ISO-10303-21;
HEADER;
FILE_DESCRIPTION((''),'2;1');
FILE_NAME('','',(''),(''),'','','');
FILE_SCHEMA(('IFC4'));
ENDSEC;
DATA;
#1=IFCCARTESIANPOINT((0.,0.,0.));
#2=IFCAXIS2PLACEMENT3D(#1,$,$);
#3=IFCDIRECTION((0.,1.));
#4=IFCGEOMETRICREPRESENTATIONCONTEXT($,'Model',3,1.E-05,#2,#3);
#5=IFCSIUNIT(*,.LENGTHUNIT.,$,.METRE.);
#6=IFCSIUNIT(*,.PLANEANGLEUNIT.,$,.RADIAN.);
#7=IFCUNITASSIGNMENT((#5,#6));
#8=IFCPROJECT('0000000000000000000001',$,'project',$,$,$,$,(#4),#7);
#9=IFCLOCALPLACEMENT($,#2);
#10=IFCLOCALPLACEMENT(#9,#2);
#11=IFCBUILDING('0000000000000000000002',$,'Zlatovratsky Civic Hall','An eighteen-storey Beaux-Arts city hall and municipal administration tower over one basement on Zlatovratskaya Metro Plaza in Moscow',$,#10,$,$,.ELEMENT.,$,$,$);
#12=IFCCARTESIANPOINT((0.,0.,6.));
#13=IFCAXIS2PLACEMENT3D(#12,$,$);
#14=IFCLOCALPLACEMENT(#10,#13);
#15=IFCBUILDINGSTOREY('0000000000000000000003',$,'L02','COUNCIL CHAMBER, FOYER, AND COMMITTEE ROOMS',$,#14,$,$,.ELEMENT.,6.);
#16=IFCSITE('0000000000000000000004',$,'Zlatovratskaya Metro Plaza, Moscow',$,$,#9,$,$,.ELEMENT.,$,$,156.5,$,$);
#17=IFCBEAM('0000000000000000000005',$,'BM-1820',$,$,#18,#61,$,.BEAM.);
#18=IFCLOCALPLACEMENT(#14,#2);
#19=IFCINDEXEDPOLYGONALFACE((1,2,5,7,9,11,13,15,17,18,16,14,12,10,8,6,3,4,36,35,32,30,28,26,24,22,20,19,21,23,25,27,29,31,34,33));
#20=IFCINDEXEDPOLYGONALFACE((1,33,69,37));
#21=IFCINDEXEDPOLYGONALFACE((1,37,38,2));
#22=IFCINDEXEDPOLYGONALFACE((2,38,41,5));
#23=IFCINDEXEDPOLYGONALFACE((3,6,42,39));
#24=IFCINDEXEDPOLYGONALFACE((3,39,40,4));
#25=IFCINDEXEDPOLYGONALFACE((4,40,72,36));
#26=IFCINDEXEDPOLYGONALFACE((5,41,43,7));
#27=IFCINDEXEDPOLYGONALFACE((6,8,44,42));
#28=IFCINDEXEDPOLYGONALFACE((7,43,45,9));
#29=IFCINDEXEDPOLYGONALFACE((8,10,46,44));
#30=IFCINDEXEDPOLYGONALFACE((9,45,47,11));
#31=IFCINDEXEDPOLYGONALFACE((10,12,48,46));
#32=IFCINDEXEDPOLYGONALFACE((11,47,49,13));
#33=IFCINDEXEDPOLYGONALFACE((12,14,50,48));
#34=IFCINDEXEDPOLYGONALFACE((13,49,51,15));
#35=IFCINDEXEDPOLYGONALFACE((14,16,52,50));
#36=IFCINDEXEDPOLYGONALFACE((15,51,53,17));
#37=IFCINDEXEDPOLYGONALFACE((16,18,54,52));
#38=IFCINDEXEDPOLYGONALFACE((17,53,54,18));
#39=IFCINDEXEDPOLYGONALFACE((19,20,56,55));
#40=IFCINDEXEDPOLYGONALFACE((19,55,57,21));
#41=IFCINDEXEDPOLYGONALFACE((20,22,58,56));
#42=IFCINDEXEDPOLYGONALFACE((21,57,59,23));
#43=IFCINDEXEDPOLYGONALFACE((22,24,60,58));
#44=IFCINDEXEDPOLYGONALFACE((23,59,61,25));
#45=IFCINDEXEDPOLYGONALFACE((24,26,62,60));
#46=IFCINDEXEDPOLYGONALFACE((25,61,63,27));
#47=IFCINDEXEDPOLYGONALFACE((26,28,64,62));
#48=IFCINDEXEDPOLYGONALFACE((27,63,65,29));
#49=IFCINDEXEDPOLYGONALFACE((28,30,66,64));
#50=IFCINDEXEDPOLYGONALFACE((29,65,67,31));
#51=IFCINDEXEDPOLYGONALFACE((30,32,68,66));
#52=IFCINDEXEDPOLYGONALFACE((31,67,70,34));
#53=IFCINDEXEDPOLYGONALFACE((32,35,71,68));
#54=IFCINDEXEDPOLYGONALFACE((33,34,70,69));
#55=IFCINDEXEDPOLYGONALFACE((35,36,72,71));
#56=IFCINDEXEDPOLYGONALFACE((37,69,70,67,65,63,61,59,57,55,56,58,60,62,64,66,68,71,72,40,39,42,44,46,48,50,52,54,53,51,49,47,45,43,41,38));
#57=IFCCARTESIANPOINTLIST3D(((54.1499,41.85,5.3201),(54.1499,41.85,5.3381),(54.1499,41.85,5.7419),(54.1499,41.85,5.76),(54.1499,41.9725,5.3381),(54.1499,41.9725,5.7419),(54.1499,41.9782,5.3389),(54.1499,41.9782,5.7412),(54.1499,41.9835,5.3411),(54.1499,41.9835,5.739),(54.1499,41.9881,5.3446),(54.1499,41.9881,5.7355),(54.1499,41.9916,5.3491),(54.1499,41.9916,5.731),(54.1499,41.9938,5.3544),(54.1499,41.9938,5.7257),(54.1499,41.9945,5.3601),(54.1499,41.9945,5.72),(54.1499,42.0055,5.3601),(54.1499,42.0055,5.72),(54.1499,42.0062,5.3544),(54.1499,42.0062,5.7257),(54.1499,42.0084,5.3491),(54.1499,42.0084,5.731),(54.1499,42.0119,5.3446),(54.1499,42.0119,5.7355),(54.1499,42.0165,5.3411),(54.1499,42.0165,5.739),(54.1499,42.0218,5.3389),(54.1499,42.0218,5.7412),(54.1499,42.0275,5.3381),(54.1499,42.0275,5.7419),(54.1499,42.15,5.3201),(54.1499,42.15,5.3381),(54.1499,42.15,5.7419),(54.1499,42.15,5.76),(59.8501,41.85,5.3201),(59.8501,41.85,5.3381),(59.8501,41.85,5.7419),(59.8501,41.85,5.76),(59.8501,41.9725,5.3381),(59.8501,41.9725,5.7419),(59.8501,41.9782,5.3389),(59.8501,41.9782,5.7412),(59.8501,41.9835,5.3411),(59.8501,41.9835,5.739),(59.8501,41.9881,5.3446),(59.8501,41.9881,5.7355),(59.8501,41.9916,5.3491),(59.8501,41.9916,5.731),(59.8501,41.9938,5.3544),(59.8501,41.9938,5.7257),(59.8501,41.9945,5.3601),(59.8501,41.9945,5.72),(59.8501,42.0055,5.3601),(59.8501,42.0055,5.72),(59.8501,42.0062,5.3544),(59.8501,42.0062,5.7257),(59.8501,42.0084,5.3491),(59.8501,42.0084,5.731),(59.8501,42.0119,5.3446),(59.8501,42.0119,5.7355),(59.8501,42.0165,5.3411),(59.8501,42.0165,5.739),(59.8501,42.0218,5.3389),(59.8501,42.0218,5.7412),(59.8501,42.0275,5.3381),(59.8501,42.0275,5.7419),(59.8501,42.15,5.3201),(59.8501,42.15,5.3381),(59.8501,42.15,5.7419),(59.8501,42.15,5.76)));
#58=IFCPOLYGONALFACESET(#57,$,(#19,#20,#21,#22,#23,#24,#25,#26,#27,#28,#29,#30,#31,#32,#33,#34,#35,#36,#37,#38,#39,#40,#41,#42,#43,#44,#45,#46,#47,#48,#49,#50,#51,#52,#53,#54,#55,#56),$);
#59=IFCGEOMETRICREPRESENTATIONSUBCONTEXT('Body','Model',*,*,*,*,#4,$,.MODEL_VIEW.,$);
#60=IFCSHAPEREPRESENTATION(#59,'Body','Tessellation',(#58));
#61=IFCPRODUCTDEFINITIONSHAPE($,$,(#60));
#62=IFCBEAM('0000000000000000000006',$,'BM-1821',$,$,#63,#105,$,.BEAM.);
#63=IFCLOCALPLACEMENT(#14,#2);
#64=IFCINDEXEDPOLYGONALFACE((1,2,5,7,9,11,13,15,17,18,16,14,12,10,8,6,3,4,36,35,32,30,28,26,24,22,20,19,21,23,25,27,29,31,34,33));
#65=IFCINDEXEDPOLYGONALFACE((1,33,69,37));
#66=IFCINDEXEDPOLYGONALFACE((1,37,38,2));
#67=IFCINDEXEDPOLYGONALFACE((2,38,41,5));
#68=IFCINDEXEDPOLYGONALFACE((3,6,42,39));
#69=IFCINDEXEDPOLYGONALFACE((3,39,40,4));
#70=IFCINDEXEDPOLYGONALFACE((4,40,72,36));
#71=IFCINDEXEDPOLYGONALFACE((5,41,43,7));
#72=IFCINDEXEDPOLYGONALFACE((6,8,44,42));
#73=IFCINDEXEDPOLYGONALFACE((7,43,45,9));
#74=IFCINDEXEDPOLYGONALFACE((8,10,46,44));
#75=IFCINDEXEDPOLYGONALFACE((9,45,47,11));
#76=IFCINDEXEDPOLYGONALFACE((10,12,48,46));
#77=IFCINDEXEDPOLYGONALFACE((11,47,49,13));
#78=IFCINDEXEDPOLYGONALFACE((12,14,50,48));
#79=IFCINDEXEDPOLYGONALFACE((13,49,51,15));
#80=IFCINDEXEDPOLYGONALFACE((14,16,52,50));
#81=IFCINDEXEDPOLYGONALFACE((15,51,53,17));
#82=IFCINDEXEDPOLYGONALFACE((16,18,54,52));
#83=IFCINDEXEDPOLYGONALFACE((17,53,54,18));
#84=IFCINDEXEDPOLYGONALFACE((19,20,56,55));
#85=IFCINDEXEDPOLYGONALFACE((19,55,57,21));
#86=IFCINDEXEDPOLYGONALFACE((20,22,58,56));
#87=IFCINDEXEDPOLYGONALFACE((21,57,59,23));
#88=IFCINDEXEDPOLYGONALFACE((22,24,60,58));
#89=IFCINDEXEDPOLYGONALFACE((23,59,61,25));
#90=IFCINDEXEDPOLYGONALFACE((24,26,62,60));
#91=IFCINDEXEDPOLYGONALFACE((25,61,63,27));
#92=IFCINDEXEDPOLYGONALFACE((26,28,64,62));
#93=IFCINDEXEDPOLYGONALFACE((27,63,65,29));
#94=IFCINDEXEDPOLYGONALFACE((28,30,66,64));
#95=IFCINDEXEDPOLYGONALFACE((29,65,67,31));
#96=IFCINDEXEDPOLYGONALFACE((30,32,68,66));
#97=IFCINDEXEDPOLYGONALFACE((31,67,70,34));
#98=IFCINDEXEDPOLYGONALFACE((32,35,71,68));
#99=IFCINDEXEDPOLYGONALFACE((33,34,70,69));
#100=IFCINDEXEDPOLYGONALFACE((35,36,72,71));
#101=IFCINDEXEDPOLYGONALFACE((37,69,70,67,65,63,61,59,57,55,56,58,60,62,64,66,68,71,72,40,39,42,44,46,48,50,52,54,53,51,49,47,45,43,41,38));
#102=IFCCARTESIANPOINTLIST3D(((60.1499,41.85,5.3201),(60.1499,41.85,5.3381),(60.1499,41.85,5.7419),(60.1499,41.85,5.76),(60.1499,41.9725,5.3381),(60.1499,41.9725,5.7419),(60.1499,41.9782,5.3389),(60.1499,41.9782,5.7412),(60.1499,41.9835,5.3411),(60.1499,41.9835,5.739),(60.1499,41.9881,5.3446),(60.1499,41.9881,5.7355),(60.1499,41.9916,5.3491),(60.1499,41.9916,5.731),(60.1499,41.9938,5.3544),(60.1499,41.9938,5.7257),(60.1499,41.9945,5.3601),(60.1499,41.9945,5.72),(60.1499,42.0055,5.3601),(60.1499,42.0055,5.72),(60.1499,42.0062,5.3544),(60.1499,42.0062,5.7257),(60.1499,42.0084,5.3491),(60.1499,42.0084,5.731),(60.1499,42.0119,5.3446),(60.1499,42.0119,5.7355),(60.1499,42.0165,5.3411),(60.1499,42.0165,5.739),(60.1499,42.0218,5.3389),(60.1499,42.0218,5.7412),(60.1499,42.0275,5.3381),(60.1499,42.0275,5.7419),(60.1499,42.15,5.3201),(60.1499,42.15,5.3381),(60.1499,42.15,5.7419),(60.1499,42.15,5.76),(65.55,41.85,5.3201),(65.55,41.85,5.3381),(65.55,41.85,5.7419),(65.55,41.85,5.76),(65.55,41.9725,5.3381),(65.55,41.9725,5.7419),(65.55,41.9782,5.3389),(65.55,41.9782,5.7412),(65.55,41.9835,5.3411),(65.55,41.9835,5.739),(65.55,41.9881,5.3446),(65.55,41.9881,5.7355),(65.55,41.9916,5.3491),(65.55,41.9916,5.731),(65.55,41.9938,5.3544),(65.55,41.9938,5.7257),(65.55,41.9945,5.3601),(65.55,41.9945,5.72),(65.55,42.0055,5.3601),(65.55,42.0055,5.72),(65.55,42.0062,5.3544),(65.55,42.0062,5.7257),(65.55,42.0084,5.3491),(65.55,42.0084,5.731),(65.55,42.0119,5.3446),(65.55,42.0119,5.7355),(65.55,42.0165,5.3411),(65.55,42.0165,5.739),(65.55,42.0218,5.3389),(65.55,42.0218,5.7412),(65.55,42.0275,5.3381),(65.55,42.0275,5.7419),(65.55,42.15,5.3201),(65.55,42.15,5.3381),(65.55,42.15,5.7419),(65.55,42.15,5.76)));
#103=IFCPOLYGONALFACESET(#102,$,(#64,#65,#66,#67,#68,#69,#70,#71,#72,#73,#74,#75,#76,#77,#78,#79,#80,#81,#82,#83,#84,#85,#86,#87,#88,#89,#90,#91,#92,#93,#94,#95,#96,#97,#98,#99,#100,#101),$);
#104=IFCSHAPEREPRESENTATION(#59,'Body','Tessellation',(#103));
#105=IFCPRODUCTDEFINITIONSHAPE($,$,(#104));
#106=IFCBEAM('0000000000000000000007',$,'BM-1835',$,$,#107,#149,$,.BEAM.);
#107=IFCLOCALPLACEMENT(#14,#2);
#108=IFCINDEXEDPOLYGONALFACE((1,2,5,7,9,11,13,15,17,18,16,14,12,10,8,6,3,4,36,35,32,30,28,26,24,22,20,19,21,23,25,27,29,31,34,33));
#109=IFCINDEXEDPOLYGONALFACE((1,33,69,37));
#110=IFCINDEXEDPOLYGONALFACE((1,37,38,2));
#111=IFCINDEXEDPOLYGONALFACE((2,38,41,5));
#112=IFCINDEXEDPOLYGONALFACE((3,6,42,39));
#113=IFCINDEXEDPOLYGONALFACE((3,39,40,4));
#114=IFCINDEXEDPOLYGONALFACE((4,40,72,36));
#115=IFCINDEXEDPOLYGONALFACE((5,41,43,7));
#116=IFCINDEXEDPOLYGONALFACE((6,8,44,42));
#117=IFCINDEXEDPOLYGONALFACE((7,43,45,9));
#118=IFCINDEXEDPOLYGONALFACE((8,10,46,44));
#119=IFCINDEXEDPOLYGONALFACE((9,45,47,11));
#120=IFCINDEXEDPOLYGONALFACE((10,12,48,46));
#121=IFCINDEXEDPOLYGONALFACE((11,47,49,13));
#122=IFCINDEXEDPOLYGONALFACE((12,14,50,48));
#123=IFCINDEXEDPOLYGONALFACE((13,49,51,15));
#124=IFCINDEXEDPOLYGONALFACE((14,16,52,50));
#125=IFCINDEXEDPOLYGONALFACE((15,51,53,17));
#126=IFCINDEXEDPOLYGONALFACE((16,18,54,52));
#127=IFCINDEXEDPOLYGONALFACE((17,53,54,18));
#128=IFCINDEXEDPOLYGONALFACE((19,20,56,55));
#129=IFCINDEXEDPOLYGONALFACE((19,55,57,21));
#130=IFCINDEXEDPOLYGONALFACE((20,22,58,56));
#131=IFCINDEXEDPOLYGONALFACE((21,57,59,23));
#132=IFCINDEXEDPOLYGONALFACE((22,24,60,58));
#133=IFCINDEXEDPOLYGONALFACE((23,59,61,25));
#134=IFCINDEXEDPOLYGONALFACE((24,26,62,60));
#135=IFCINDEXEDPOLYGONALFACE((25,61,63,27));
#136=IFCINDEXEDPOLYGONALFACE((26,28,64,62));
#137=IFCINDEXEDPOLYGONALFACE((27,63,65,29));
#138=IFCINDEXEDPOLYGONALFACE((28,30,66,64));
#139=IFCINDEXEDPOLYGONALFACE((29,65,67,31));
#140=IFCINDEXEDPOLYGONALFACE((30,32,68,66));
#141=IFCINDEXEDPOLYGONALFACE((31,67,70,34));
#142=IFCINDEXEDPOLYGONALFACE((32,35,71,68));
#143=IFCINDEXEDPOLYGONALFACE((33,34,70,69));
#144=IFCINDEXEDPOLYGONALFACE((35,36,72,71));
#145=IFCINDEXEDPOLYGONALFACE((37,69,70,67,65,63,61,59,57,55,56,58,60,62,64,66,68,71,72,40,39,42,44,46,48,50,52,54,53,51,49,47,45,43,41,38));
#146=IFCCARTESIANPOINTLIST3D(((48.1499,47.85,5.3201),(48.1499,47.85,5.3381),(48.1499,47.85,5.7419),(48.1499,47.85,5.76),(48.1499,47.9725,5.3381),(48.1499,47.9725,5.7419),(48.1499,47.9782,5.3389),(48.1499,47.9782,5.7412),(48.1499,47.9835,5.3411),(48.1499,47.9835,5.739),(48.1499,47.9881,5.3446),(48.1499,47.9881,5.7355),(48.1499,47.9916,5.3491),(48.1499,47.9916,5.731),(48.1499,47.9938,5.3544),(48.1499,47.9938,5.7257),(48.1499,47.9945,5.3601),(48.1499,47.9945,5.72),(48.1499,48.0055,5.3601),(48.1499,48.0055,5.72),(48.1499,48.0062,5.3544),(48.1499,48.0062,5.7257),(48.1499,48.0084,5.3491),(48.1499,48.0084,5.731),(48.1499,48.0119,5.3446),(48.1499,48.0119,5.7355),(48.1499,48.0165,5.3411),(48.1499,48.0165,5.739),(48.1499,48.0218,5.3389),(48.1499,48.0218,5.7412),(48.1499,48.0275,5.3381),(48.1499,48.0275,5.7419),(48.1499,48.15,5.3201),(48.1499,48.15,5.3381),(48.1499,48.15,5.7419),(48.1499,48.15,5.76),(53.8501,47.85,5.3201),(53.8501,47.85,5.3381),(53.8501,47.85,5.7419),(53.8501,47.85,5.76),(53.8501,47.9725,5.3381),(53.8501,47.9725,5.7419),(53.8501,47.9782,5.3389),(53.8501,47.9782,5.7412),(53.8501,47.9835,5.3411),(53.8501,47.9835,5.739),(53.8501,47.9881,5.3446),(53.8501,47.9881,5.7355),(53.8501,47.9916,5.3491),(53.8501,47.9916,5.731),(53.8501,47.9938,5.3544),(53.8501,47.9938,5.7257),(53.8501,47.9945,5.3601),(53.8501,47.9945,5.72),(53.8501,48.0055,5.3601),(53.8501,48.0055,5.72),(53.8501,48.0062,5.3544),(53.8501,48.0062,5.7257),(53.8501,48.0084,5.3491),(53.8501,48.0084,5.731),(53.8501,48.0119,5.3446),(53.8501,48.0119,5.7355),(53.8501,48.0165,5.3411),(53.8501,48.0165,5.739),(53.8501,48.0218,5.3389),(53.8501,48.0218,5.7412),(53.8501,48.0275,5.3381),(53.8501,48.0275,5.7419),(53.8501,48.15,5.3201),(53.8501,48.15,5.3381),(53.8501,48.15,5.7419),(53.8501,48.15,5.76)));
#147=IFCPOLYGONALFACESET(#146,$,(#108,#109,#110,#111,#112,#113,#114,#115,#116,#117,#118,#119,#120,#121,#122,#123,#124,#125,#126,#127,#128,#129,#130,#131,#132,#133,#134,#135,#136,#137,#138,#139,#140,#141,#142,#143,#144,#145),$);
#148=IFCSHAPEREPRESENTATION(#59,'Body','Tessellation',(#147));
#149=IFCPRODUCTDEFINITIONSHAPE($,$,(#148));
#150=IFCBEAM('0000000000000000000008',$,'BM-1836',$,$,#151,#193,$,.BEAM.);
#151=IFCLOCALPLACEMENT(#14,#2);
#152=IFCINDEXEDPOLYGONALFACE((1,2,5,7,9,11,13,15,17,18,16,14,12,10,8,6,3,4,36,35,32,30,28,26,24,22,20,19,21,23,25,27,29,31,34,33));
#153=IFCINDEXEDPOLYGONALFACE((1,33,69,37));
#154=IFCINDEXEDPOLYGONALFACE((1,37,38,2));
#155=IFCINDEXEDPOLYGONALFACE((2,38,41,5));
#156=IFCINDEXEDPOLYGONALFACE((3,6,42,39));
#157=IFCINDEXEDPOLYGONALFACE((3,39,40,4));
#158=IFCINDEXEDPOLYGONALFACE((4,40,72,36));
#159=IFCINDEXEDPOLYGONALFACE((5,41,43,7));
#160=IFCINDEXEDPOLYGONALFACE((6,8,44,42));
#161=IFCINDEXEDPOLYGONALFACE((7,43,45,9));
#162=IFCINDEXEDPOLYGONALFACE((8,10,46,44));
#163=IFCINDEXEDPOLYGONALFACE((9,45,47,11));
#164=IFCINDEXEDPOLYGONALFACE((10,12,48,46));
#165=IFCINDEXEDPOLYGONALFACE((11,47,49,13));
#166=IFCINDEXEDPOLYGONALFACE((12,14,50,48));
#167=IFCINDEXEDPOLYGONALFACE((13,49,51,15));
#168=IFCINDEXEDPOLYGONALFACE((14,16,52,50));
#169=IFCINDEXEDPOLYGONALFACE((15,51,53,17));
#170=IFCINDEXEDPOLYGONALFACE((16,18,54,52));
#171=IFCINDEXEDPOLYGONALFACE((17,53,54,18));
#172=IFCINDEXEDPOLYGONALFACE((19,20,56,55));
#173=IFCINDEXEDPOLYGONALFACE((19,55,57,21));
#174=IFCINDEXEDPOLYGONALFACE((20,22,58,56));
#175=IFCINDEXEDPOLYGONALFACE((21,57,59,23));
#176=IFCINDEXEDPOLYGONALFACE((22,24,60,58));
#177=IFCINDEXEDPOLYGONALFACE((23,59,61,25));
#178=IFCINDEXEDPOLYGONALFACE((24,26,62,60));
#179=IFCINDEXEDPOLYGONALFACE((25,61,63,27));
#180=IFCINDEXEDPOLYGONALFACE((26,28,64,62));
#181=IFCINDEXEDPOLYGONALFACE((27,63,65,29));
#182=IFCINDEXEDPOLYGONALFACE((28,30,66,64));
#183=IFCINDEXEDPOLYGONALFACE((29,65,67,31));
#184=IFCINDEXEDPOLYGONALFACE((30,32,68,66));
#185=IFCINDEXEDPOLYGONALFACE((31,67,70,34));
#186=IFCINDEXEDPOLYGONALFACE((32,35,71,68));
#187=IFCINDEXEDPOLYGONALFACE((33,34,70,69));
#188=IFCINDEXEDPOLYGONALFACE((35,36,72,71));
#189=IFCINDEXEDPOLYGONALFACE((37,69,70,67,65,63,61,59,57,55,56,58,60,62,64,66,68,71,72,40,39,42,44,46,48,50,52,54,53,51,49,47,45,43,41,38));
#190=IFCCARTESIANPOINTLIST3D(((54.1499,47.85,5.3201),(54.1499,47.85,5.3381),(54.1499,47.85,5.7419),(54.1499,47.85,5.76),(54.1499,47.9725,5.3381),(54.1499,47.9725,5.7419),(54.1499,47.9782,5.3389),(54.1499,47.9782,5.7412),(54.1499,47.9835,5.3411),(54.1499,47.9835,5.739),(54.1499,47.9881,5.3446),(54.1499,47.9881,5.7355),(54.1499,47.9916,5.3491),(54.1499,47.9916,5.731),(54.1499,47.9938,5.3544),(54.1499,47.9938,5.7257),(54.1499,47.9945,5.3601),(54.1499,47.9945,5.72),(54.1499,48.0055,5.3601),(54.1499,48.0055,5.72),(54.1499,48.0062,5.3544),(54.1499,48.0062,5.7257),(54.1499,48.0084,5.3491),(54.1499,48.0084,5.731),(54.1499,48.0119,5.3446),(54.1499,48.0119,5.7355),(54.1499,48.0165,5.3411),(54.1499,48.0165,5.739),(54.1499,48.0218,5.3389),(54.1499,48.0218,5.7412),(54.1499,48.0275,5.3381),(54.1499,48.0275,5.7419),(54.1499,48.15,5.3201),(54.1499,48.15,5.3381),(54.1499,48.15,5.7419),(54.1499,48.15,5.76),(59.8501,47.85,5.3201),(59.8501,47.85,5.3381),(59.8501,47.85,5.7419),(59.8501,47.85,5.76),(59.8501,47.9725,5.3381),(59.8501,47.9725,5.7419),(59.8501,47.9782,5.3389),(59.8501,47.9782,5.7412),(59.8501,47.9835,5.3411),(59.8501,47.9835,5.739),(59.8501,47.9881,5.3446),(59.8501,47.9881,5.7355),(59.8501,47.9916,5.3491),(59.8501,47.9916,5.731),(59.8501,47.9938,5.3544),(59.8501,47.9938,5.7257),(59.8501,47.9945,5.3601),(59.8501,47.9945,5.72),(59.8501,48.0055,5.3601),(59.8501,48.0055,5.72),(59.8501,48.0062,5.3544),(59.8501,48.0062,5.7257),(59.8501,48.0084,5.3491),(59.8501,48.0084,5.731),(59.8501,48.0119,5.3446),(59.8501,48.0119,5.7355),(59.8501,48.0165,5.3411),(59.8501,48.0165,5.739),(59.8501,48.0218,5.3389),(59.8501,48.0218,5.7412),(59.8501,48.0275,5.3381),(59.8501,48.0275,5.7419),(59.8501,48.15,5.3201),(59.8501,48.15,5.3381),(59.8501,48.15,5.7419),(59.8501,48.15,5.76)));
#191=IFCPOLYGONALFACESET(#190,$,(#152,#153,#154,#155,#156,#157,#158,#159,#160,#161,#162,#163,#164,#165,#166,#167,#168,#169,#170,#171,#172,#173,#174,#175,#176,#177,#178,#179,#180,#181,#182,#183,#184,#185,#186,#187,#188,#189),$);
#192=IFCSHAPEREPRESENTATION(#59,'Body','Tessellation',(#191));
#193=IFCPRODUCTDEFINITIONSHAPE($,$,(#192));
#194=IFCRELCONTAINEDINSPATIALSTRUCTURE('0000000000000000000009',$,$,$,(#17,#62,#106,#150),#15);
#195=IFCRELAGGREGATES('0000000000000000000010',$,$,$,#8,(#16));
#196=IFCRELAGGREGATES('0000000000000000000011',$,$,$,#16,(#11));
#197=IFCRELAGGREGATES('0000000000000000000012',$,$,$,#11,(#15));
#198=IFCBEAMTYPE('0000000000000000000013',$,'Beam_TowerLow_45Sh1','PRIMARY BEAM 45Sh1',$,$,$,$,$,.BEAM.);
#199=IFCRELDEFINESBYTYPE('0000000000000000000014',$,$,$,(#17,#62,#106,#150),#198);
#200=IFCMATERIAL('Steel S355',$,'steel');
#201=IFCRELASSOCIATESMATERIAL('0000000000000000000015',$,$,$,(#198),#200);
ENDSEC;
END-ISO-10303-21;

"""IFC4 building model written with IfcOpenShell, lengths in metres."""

from ifc_helpers import new_model, si_unit, direction, frame, origin, origin_2d, place, context, subcontext, project, spatial, i_section, extrude, material, material_profile, profile_set, type_object, element, save


model = new_model("IFC4")

# Units and contexts
model_context = context("Model", 3, precision=1e-05, world=origin(), true_north=direction((0.0, 1.0)))
body_context = subcontext(model_context, "Body", "Model", "MODEL_VIEW")
ifc_project = project(units=[si_unit("LENGTHUNIT", "METRE"), si_unit("PLANEANGLEUNIT", "RADIAN")], contexts=[model_context])

# Site, building, storey
site_placement = place(None, origin())
site = spatial("IfcSite", under=ifc_project, at=site_placement, Name="Zlatovratskaya Metro Plaza, Moscow", CompositionType="ELEMENT", RefElevation=156.5)
building_placement = place(site_placement, origin())
building = spatial("IfcBuilding", under=site, at=building_placement, Name="Zlatovratsky Civic Hall", Description="An eighteen-storey Beaux-Arts city hall and municipal administration tower over one basement on Zlatovratskaya Metro Plaza in Moscow", CompositionType="ELEMENT")
storey_placement = place(building_placement, frame((0.0, 0.0, 6.0)))
storey = spatial("IfcBuildingStorey", under=building, at=storey_placement, Name="L02", Description="COUNCIL CHAMBER, FOYER, AND COMMITTEE ROOMS", CompositionType="ELEMENT", Elevation=6.0)

# Shared definitions
ifc_material_1 = material(Name="Steel S355", Category="steel")

# Beams
ifc_material_profile_1 = material_profile(ifc_material_1, i_section(OverallWidth=0.3, OverallDepth=0.4399, WebThickness=0.011, FlangeThickness=0.0181, FilletRadius=0.022, at=origin_2d()), Name="45Sh1")
ifc_profile_set_1 = profile_set([ifc_material_profile_1], Name="Steel S355")
beam_type = type_object("IfcBeamType", Name="Beam_TowerLow_45Sh1", Description="PRIMARY BEAM 45Sh1", PredefinedType="BEAM", material=ifc_profile_set_1)
for number, where, z_axis, x_axis, name in (
    (1, (54.1499, 42.0, 5.54), (1.0, 0.0, 0.0), (0.0, 1.0, 0.0), "BM-1820"),
):
    element("IfcBeam", number, at=place(storey_placement, frame(where, z_axis=z_axis, x_axis=x_axis)), inside=storey, type_object=beam_type, Name=name, PredefinedType="BEAM", context=body_context, shape_type="SweptSolid", body=[
        extrude(i_section(OverallWidth=0.3, OverallDepth=0.4399, WebThickness=0.011, FlangeThickness=0.0181, FilletRadius=0.022, at=origin_2d()), origin(), (0.0, 0.0, 1.0), 5.7002),
    ])
beam_placement = place(storey_placement, frame((60.1499, 42.0, 5.54), z_axis=(1.0, 0.0, 0.0), x_axis=(0.0, 1.0, 0.0)))
element("IfcBeam", 2, at=beam_placement, inside=storey, type_object=beam_type, Name="BM-1821", PredefinedType="BEAM", context=body_context, shape_type="SweptSolid", body=[
    extrude(i_section(OverallWidth=0.3, OverallDepth=0.4399, WebThickness=0.011, FlangeThickness=0.0181, FilletRadius=0.022, at=origin_2d()), origin(), (0.0, 0.0, 1.0), 5.4001),
])
for number, where, z_axis, x_axis, name in (
    (3, (48.1499, 48.0, 5.54), (1.0, 0.0, 0.0), (0.0, 1.0, 0.0), "BM-1835"),
    (4, (54.1499, 48.0, 5.54), (1.0, 0.0, 0.0), (0.0, 1.0, 0.0), "BM-1836"),
):
    element("IfcBeam", number, at=place(storey_placement, frame(where, z_axis=z_axis, x_axis=x_axis)), inside=storey, type_object=beam_type, Name=name, PredefinedType="BEAM", context=body_context, shape_type="SweptSolid", body=[
        extrude(i_section(OverallWidth=0.3, OverallDepth=0.4399, WebThickness=0.011, FlangeThickness=0.0181, FilletRadius=0.022, at=origin_2d()), origin(), (0.0, 0.0, 1.0), 5.7002),
    ])

save(model, "model.ifc")
